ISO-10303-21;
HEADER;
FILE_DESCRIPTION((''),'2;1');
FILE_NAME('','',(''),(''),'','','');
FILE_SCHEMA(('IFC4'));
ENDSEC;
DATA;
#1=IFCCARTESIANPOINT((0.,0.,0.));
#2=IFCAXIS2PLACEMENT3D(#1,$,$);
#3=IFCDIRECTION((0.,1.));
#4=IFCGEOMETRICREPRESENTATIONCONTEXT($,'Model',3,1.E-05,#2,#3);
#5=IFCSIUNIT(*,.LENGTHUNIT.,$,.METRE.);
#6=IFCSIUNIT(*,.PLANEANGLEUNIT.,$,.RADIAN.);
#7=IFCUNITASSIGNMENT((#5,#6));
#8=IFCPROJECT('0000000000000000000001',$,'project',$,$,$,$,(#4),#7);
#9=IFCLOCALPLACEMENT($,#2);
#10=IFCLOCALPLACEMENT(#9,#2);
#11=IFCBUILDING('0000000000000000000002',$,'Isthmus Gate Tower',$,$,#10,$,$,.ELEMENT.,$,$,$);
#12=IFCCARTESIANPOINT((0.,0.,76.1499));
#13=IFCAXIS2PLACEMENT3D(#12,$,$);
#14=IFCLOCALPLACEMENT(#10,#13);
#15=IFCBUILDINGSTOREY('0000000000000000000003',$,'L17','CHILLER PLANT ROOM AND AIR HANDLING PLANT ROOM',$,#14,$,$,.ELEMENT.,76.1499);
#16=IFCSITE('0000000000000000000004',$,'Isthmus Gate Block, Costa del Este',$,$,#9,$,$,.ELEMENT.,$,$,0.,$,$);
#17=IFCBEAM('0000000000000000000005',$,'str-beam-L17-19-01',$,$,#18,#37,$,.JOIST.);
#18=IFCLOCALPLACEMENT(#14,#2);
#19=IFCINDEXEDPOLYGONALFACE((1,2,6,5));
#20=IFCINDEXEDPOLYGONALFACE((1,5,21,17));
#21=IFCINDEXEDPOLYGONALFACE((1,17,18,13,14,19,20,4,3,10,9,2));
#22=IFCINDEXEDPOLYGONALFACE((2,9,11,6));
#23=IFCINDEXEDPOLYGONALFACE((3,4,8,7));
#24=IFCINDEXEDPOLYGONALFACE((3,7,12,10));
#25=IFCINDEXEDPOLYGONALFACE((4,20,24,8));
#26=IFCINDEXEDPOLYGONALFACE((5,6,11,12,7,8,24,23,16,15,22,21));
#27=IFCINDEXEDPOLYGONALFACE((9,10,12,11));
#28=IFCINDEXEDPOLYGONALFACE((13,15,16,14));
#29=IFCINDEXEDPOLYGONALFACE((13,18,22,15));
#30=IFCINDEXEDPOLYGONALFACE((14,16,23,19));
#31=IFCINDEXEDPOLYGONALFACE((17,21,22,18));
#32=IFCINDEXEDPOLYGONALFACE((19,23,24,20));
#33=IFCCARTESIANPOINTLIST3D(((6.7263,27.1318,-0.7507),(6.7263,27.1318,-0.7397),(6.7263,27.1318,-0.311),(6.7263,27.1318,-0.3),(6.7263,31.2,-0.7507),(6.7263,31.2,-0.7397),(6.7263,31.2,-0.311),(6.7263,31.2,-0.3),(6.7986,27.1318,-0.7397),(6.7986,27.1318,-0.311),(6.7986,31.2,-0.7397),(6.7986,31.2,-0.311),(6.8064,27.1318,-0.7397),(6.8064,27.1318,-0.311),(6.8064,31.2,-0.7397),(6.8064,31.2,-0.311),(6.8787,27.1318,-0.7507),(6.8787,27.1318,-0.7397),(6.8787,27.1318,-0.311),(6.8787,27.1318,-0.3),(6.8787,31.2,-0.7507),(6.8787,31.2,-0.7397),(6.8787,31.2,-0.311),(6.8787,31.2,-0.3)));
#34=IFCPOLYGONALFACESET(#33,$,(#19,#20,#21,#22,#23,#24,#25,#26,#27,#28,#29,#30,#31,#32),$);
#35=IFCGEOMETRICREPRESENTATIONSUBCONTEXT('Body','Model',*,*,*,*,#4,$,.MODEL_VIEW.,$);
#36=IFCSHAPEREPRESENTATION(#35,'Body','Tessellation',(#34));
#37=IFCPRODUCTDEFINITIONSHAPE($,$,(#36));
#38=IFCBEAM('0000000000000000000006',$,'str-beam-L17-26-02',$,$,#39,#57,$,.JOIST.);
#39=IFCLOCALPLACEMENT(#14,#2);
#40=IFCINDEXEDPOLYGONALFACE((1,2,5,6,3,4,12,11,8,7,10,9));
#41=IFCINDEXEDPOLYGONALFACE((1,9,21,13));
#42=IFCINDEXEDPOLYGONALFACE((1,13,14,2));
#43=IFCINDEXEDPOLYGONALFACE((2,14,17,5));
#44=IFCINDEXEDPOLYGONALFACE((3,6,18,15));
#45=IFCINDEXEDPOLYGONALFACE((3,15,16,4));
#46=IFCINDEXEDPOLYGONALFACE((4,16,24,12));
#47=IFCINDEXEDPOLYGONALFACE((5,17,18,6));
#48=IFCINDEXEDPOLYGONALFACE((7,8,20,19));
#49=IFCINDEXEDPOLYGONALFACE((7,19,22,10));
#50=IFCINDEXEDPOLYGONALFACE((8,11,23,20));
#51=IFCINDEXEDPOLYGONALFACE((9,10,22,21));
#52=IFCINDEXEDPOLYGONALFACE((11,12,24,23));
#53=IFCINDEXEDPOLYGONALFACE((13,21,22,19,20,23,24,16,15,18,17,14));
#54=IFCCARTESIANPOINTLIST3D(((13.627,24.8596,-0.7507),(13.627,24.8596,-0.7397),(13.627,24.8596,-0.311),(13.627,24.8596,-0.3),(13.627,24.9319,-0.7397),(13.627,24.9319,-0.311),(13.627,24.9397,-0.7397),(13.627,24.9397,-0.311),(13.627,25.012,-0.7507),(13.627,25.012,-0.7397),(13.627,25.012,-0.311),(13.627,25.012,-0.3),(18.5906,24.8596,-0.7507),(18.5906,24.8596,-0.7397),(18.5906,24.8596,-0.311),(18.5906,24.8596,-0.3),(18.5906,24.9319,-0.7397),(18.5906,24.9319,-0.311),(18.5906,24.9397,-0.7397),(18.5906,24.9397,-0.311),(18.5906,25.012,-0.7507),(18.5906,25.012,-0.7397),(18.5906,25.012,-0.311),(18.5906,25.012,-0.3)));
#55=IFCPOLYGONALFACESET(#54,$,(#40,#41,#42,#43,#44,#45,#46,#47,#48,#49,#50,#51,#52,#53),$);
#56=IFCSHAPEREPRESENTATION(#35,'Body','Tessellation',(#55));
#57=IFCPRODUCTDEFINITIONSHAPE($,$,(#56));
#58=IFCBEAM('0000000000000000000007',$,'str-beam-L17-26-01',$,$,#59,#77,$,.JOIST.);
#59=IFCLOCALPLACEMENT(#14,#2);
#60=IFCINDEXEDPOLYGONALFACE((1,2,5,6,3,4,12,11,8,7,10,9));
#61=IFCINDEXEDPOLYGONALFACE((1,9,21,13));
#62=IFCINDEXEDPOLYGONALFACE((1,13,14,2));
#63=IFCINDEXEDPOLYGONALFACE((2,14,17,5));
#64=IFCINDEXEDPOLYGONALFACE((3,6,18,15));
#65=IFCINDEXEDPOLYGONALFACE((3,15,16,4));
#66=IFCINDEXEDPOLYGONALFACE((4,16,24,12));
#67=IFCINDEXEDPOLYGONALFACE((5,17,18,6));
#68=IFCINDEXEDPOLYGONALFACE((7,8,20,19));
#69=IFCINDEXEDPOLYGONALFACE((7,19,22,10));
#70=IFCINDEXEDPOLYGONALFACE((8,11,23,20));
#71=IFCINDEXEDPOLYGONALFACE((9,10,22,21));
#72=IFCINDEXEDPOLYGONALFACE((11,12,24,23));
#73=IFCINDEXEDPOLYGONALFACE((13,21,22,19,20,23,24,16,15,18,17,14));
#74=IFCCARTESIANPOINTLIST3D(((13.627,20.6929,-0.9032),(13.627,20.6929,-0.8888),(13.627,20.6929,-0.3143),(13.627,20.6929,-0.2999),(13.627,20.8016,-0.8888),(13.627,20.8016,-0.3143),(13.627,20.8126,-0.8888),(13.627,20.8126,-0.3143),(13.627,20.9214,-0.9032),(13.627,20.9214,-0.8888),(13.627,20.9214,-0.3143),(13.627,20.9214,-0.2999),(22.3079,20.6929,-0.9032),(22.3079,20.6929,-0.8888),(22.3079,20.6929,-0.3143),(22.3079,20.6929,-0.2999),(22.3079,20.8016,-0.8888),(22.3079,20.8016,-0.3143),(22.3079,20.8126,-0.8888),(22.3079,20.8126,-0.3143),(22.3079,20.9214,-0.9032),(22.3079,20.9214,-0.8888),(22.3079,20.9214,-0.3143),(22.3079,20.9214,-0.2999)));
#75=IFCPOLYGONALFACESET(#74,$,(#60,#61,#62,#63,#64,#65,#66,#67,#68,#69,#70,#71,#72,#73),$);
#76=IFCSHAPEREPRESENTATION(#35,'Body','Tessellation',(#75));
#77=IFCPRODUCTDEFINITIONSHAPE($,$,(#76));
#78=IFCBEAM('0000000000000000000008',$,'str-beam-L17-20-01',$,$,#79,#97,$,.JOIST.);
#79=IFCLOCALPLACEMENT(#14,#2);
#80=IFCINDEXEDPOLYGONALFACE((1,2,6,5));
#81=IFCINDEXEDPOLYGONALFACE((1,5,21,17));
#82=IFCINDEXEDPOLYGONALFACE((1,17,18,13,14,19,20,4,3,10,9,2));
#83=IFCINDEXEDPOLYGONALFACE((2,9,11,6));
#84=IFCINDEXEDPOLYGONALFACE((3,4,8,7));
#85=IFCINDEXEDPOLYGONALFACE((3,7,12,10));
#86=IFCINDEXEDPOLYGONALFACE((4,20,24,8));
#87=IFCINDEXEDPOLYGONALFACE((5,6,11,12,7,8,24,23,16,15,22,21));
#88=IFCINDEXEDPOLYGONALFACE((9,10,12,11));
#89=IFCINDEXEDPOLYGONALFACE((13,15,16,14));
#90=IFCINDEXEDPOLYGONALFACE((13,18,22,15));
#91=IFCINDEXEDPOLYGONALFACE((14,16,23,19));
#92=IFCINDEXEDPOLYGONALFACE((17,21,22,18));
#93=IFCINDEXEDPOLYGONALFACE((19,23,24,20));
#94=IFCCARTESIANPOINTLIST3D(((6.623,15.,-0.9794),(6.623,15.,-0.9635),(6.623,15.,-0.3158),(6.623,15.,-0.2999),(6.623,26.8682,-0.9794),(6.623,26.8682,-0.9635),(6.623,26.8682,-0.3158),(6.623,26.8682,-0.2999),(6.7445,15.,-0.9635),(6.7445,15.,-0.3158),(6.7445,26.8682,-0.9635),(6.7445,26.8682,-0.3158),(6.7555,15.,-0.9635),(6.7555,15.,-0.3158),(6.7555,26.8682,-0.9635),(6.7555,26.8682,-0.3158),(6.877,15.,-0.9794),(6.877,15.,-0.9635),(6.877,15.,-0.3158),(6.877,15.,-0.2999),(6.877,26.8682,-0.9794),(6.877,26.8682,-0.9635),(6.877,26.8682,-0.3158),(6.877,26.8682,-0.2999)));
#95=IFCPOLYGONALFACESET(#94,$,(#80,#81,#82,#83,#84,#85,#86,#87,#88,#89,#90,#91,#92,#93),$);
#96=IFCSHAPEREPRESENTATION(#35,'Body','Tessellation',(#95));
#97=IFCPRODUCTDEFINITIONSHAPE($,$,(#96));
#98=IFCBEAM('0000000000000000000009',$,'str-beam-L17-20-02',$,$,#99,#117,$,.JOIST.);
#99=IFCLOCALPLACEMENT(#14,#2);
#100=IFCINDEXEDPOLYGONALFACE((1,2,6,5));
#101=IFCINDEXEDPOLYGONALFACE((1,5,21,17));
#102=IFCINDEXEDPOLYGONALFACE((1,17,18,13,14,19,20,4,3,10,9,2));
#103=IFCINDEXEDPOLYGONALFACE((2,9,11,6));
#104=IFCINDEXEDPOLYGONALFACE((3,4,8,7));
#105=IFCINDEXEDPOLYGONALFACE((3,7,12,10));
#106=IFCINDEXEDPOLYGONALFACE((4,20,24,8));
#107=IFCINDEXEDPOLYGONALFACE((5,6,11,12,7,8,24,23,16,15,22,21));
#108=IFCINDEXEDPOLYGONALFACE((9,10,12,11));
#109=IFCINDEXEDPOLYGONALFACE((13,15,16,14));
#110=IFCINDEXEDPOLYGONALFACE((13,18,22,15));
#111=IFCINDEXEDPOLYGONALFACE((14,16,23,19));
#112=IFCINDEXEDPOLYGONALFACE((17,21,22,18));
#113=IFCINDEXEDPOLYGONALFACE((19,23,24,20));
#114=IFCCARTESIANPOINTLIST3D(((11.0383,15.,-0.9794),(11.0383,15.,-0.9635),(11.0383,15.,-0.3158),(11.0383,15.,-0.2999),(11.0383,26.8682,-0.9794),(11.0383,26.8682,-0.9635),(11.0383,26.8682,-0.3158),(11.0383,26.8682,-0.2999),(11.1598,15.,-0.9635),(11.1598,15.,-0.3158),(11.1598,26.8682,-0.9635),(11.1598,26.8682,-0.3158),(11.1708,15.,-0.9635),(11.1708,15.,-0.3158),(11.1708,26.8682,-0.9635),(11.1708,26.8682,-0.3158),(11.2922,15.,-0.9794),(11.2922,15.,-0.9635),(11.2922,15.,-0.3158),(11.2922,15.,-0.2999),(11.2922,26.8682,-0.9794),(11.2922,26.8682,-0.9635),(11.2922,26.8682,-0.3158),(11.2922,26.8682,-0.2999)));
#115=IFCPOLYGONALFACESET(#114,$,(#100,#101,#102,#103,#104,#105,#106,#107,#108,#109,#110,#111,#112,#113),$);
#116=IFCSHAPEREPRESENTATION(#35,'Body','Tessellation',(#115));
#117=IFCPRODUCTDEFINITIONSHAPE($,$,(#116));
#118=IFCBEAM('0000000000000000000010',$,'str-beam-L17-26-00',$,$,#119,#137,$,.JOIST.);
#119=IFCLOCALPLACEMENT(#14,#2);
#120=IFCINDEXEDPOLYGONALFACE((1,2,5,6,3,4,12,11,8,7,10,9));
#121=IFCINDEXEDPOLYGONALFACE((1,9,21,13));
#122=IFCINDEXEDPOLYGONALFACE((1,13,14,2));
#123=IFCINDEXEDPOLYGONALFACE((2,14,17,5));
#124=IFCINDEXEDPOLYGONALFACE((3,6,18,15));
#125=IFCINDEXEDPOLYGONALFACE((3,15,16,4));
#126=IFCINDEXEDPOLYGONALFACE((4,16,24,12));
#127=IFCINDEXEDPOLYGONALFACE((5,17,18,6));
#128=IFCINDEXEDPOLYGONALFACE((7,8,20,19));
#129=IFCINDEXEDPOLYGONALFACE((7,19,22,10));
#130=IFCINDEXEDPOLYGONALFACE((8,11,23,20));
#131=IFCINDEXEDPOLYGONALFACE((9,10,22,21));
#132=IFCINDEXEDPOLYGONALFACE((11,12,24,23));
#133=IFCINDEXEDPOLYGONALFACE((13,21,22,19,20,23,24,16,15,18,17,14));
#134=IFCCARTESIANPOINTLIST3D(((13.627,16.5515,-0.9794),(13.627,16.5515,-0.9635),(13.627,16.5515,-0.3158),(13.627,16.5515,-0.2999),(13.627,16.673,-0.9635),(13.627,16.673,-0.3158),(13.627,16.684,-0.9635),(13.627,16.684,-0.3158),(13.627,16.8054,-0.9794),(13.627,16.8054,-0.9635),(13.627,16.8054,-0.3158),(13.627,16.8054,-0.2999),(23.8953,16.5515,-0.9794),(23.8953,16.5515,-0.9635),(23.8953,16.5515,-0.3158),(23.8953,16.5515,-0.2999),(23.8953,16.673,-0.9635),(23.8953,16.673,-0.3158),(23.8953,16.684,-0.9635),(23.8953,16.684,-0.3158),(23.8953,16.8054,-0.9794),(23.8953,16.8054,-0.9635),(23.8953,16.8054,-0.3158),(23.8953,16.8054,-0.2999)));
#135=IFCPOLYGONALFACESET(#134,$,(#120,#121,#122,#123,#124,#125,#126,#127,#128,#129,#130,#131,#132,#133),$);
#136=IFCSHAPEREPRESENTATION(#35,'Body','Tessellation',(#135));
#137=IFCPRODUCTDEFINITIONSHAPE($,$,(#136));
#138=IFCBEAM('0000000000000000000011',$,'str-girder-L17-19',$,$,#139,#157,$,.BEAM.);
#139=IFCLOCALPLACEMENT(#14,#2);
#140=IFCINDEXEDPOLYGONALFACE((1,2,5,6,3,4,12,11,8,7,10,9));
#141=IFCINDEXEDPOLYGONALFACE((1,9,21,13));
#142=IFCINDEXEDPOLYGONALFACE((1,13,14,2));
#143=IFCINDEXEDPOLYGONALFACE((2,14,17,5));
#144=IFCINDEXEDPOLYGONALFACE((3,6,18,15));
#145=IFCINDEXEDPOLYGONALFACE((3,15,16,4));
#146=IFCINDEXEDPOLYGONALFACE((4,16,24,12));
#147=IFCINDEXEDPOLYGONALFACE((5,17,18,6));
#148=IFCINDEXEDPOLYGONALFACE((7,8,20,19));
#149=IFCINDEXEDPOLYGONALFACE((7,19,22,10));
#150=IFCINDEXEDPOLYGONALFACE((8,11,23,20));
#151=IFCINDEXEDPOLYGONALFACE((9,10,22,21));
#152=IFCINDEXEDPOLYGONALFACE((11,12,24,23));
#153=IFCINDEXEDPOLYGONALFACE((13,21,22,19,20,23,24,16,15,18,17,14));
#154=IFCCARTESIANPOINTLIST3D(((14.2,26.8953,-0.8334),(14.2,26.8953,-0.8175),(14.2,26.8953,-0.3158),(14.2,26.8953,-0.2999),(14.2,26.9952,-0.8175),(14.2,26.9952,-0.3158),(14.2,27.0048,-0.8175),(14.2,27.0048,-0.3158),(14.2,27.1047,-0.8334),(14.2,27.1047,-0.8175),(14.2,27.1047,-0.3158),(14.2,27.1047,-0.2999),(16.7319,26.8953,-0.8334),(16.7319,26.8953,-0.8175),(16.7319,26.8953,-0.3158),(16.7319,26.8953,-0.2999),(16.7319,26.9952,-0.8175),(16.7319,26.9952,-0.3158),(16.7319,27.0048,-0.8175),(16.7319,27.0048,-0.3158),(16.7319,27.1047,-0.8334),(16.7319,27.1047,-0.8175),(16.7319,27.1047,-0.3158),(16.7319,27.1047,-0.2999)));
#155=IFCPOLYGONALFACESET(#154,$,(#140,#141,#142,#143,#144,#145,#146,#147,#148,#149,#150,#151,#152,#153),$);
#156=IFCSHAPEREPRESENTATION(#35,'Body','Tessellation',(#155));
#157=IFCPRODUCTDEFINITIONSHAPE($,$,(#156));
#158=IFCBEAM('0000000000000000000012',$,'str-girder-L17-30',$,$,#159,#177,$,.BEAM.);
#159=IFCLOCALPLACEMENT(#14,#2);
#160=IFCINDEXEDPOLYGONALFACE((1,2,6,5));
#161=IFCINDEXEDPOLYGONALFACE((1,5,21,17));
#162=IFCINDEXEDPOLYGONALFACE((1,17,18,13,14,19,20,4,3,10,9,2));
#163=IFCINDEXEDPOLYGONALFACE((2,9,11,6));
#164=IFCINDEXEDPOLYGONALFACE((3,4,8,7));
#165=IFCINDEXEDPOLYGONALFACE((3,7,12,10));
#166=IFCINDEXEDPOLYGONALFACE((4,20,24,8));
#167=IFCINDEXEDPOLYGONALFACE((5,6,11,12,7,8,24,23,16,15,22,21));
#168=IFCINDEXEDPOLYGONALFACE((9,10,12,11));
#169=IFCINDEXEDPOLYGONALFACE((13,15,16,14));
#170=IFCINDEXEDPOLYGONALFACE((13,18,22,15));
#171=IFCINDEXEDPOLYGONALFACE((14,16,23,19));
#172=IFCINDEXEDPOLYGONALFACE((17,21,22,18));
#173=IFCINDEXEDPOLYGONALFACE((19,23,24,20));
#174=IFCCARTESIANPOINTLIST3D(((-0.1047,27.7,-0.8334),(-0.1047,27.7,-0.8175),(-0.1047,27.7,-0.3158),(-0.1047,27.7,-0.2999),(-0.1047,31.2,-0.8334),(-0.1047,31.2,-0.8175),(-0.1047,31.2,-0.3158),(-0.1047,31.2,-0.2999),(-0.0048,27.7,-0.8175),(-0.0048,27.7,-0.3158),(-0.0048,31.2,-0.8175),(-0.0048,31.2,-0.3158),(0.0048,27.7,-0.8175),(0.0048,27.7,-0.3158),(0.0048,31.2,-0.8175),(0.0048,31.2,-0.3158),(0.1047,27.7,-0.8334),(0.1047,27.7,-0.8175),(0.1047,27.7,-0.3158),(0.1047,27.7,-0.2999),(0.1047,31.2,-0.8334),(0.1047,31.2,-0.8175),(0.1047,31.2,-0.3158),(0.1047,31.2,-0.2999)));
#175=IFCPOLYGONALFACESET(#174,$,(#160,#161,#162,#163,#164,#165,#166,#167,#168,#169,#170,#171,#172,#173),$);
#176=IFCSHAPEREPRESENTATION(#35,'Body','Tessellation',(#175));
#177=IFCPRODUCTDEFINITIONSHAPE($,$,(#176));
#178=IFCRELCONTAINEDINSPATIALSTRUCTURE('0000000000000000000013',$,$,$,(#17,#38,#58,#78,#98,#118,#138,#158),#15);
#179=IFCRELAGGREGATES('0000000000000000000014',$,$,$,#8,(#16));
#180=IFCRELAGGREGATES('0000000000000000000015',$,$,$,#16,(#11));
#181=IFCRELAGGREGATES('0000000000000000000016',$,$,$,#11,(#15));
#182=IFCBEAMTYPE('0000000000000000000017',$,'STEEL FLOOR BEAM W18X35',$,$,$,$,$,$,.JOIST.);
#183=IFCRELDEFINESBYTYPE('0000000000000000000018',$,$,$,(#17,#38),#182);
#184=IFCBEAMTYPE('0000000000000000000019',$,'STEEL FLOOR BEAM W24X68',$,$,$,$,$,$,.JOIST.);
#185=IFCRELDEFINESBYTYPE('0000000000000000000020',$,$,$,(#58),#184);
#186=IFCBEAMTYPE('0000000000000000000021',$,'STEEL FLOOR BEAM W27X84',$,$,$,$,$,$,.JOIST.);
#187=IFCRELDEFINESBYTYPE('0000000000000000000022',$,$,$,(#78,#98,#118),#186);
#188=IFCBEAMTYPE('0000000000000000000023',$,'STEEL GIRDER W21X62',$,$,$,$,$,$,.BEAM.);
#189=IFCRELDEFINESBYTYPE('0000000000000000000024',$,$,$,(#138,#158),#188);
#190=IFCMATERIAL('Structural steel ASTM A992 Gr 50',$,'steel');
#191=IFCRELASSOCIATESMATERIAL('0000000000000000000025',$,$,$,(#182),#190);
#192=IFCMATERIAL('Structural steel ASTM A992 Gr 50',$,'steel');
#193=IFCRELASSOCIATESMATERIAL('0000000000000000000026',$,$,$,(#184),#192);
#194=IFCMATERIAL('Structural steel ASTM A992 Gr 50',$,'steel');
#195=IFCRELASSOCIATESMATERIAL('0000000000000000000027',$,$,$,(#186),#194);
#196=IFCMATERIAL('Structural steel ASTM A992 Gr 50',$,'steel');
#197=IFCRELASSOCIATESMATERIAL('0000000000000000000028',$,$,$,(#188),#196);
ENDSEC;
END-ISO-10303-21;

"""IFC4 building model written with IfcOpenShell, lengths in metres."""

from ifc_helpers import new_model, si_unit, direction, frame, origin, origin_2d, place, context, subcontext, project, spatial, i_section, extrude, material, material_profile, profile_set, type_object, element, save


model = new_model("IFC4")

# Units and contexts
model_context = context("Model", 3, precision=1e-05, world=origin(), true_north=direction((0.0, 1.0)))
body_context = subcontext(model_context, "Body", "Model", "MODEL_VIEW")
ifc_project = project(units=[si_unit("LENGTHUNIT", "METRE"), si_unit("PLANEANGLEUNIT", "RADIAN")], contexts=[model_context])

# Site, building, storey
site_placement = place(None, origin())
site = spatial("IfcSite", under=ifc_project, at=site_placement, Name="Isthmus Gate Block, Costa del Este", CompositionType="ELEMENT", RefElevation=0.0)
building_placement = place(site_placement, origin())
building = spatial("IfcBuilding", under=site, at=building_placement, Name="Isthmus Gate Tower", CompositionType="ELEMENT")
storey_placement = place(building_placement, frame((0.0, 0.0, 76.1499)))
storey = spatial("IfcBuildingStorey", under=building, at=storey_placement, Name="L17", Description="CHILLER PLANT ROOM AND AIR HANDLING PLANT ROOM", CompositionType="ELEMENT", Elevation=76.1499)

# Beams
ifc_material_1 = material(Name="Structural steel ASTM A992 Gr 50", Category="steel")
ifc_material_profile_1 = material_profile(ifc_material_1, i_section(OverallWidth=0.1523, OverallDepth=0.4507, WebThickness=0.0078, FlangeThickness=0.011, at=origin_2d()), Name="W18X35")
ifc_profile_set_1 = profile_set([ifc_material_profile_1], Name="Structural steel ASTM A992 Gr 50")
beam_type_1 = type_object("IfcBeamType", Name="STEEL FLOOR BEAM W18X35", PredefinedType="JOIST", material=ifc_profile_set_1)
beam_1_placement = place(storey_placement, frame((6.8025, 27.1318, -0.5254), z_axis=(0.0, 1.0, 0.0), x_axis=(-1.0, 0.0, 0.0)))
element("IfcBeam", 1, at=beam_1_placement, inside=storey, type_object=beam_type_1, Name="str-beam-L17-19-01", PredefinedType="JOIST", context=body_context, shape_type="SweptSolid", body=[
    extrude(i_section(OverallWidth=0.1523, OverallDepth=0.4507, WebThickness=0.0078, FlangeThickness=0.011, at=origin_2d()), origin(), (0.0, 0.0, 1.0), 4.0681),
])
beam_2_placement = place(storey_placement, frame((13.627, 24.9358, -0.5254), z_axis=(1.0, 0.0, 0.0), x_axis=(0.0, 1.0, 0.0)))
element("IfcBeam", 2, at=beam_2_placement, inside=storey, type_object=beam_type_1, Name="str-beam-L17-26-02", PredefinedType="JOIST", context=body_context, shape_type="SweptSolid", body=[
    extrude(i_section(OverallWidth=0.1523, OverallDepth=0.4507, WebThickness=0.0078, FlangeThickness=0.011, at=origin_2d()), origin(), (0.0, 0.0, 1.0), 4.9636),
])
ifc_material_2 = material(Name="Structural steel ASTM A992 Gr 50", Category="steel")
ifc_material_profile_2 = material_profile(ifc_material_2, i_section(OverallWidth=0.2285, OverallDepth=0.6033, WebThickness=0.011, FlangeThickness=0.0144, at=origin_2d()), Name="W24X68")
ifc_profile_set_2 = profile_set([ifc_material_profile_2], Name="Structural steel ASTM A992 Gr 50")
beam_type_2 = type_object("IfcBeamType", Name="STEEL FLOOR BEAM W24X68", PredefinedType="JOIST", material=ifc_profile_set_2)
beam_3_placement = place(storey_placement, frame((13.627, 20.8071, -0.6016), z_axis=(1.0, 0.0, 0.0), x_axis=(0.0, 1.0, 0.0)))
element("IfcBeam", 3, at=beam_3_placement, inside=storey, type_object=beam_type_2, Name="str-beam-L17-26-01", PredefinedType="JOIST", context=body_context, shape_type="SweptSolid", body=[
    extrude(i_section(OverallWidth=0.2285, OverallDepth=0.6033, WebThickness=0.011, FlangeThickness=0.0144, at=origin_2d()), origin(), (0.0, 0.0, 1.0), 8.6809),
])
ifc_material_3 = material(Name="Structural steel ASTM A992 Gr 50", Category="steel")
ifc_material_profile_3 = material_profile(ifc_material_3, i_section(OverallWidth=0.2539, OverallDepth=0.6794, WebThickness=0.011, FlangeThickness=0.0159, at=origin_2d()), Name="W27X84")
ifc_profile_set_3 = profile_set([ifc_material_profile_3], Name="Structural steel ASTM A992 Gr 50")
beam_type_3 = type_object("IfcBeamType", Name="STEEL FLOOR BEAM W27X84", PredefinedType="JOIST", material=ifc_profile_set_3)
for number, where, z_axis, x_axis, name in (
    (4, (6.75, 15.0, -0.6396), (0.0, 1.0, 0.0), (-1.0, 0.0, 0.0), "str-beam-L17-20-01"),
    (5, (11.1653, 15.0, -0.6396), (0.0, 1.0, 0.0), (-1.0, 0.0, 0.0), "str-beam-L17-20-02"),
):
    element("IfcBeam", number, at=place(storey_placement, frame(where, z_axis=z_axis, x_axis=x_axis)), inside=storey, type_object=beam_type_3, Name=name, PredefinedType="JOIST", context=body_context, shape_type="SweptSolid", body=[
        extrude(i_section(OverallWidth=0.2539, OverallDepth=0.6794, WebThickness=0.011, FlangeThickness=0.0159, at=origin_2d()), origin(), (0.0, 0.0, 1.0), 11.8682),
    ])
beam_4_placement = place(storey_placement, frame((13.627, 16.6785, -0.6396), z_axis=(1.0, 0.0, 0.0), x_axis=(0.0, 1.0, 0.0)))
element("IfcBeam", 6, at=beam_4_placement, inside=storey, type_object=beam_type_3, Name="str-beam-L17-26-00", PredefinedType="JOIST", context=body_context, shape_type="SweptSolid", body=[
    extrude(i_section(OverallWidth=0.2539, OverallDepth=0.6794, WebThickness=0.011, FlangeThickness=0.0159, at=origin_2d()), origin(), (0.0, 0.0, 1.0), 10.2683),
])
ifc_material_4 = material(Name="Structural steel ASTM A992 Gr 50", Category="steel")
ifc_material_profile_4 = material_profile(ifc_material_4, i_section(OverallWidth=0.2095, OverallDepth=0.5334, WebThickness=0.0095, FlangeThickness=0.0159, at=origin_2d()), Name="W21X62")
ifc_profile_set_4 = profile_set([ifc_material_profile_4], Name="Structural steel ASTM A992 Gr 50")
beam_type_4 = type_object("IfcBeamType", Name="STEEL GIRDER W21X62", PredefinedType="BEAM", material=ifc_profile_set_4)
beam_5_placement = place(storey_placement, frame((14.2, 27.0, -0.5667), z_axis=(1.0, 0.0, 0.0), x_axis=(0.0, 1.0, 0.0)))
element("IfcBeam", 7, at=beam_5_placement, inside=storey, type_object=beam_type_4, Name="str-girder-L17-19", PredefinedType="BEAM", context=body_context, shape_type="SweptSolid", body=[
    extrude(i_section(OverallWidth=0.2095, OverallDepth=0.5334, WebThickness=0.0095, FlangeThickness=0.0159, at=origin_2d()), origin(), (0.0, 0.0, 1.0), 2.532),
])
beam_6_placement = place(storey_placement, frame((0.0, 27.7, -0.5667), z_axis=(0.0, 1.0, 0.0), x_axis=(-1.0, 0.0, 0.0)))
element("IfcBeam", 8, at=beam_6_placement, inside=storey, type_object=beam_type_4, Name="str-girder-L17-30", PredefinedType="BEAM", context=body_context, shape_type="SweptSolid", body=[
    extrude(i_section(OverallWidth=0.2095, OverallDepth=0.5334, WebThickness=0.0095, FlangeThickness=0.0159, at=origin_2d()), origin(), (0.0, 0.0, 1.0), 3.5),
])

save(model, "model.ifc")
